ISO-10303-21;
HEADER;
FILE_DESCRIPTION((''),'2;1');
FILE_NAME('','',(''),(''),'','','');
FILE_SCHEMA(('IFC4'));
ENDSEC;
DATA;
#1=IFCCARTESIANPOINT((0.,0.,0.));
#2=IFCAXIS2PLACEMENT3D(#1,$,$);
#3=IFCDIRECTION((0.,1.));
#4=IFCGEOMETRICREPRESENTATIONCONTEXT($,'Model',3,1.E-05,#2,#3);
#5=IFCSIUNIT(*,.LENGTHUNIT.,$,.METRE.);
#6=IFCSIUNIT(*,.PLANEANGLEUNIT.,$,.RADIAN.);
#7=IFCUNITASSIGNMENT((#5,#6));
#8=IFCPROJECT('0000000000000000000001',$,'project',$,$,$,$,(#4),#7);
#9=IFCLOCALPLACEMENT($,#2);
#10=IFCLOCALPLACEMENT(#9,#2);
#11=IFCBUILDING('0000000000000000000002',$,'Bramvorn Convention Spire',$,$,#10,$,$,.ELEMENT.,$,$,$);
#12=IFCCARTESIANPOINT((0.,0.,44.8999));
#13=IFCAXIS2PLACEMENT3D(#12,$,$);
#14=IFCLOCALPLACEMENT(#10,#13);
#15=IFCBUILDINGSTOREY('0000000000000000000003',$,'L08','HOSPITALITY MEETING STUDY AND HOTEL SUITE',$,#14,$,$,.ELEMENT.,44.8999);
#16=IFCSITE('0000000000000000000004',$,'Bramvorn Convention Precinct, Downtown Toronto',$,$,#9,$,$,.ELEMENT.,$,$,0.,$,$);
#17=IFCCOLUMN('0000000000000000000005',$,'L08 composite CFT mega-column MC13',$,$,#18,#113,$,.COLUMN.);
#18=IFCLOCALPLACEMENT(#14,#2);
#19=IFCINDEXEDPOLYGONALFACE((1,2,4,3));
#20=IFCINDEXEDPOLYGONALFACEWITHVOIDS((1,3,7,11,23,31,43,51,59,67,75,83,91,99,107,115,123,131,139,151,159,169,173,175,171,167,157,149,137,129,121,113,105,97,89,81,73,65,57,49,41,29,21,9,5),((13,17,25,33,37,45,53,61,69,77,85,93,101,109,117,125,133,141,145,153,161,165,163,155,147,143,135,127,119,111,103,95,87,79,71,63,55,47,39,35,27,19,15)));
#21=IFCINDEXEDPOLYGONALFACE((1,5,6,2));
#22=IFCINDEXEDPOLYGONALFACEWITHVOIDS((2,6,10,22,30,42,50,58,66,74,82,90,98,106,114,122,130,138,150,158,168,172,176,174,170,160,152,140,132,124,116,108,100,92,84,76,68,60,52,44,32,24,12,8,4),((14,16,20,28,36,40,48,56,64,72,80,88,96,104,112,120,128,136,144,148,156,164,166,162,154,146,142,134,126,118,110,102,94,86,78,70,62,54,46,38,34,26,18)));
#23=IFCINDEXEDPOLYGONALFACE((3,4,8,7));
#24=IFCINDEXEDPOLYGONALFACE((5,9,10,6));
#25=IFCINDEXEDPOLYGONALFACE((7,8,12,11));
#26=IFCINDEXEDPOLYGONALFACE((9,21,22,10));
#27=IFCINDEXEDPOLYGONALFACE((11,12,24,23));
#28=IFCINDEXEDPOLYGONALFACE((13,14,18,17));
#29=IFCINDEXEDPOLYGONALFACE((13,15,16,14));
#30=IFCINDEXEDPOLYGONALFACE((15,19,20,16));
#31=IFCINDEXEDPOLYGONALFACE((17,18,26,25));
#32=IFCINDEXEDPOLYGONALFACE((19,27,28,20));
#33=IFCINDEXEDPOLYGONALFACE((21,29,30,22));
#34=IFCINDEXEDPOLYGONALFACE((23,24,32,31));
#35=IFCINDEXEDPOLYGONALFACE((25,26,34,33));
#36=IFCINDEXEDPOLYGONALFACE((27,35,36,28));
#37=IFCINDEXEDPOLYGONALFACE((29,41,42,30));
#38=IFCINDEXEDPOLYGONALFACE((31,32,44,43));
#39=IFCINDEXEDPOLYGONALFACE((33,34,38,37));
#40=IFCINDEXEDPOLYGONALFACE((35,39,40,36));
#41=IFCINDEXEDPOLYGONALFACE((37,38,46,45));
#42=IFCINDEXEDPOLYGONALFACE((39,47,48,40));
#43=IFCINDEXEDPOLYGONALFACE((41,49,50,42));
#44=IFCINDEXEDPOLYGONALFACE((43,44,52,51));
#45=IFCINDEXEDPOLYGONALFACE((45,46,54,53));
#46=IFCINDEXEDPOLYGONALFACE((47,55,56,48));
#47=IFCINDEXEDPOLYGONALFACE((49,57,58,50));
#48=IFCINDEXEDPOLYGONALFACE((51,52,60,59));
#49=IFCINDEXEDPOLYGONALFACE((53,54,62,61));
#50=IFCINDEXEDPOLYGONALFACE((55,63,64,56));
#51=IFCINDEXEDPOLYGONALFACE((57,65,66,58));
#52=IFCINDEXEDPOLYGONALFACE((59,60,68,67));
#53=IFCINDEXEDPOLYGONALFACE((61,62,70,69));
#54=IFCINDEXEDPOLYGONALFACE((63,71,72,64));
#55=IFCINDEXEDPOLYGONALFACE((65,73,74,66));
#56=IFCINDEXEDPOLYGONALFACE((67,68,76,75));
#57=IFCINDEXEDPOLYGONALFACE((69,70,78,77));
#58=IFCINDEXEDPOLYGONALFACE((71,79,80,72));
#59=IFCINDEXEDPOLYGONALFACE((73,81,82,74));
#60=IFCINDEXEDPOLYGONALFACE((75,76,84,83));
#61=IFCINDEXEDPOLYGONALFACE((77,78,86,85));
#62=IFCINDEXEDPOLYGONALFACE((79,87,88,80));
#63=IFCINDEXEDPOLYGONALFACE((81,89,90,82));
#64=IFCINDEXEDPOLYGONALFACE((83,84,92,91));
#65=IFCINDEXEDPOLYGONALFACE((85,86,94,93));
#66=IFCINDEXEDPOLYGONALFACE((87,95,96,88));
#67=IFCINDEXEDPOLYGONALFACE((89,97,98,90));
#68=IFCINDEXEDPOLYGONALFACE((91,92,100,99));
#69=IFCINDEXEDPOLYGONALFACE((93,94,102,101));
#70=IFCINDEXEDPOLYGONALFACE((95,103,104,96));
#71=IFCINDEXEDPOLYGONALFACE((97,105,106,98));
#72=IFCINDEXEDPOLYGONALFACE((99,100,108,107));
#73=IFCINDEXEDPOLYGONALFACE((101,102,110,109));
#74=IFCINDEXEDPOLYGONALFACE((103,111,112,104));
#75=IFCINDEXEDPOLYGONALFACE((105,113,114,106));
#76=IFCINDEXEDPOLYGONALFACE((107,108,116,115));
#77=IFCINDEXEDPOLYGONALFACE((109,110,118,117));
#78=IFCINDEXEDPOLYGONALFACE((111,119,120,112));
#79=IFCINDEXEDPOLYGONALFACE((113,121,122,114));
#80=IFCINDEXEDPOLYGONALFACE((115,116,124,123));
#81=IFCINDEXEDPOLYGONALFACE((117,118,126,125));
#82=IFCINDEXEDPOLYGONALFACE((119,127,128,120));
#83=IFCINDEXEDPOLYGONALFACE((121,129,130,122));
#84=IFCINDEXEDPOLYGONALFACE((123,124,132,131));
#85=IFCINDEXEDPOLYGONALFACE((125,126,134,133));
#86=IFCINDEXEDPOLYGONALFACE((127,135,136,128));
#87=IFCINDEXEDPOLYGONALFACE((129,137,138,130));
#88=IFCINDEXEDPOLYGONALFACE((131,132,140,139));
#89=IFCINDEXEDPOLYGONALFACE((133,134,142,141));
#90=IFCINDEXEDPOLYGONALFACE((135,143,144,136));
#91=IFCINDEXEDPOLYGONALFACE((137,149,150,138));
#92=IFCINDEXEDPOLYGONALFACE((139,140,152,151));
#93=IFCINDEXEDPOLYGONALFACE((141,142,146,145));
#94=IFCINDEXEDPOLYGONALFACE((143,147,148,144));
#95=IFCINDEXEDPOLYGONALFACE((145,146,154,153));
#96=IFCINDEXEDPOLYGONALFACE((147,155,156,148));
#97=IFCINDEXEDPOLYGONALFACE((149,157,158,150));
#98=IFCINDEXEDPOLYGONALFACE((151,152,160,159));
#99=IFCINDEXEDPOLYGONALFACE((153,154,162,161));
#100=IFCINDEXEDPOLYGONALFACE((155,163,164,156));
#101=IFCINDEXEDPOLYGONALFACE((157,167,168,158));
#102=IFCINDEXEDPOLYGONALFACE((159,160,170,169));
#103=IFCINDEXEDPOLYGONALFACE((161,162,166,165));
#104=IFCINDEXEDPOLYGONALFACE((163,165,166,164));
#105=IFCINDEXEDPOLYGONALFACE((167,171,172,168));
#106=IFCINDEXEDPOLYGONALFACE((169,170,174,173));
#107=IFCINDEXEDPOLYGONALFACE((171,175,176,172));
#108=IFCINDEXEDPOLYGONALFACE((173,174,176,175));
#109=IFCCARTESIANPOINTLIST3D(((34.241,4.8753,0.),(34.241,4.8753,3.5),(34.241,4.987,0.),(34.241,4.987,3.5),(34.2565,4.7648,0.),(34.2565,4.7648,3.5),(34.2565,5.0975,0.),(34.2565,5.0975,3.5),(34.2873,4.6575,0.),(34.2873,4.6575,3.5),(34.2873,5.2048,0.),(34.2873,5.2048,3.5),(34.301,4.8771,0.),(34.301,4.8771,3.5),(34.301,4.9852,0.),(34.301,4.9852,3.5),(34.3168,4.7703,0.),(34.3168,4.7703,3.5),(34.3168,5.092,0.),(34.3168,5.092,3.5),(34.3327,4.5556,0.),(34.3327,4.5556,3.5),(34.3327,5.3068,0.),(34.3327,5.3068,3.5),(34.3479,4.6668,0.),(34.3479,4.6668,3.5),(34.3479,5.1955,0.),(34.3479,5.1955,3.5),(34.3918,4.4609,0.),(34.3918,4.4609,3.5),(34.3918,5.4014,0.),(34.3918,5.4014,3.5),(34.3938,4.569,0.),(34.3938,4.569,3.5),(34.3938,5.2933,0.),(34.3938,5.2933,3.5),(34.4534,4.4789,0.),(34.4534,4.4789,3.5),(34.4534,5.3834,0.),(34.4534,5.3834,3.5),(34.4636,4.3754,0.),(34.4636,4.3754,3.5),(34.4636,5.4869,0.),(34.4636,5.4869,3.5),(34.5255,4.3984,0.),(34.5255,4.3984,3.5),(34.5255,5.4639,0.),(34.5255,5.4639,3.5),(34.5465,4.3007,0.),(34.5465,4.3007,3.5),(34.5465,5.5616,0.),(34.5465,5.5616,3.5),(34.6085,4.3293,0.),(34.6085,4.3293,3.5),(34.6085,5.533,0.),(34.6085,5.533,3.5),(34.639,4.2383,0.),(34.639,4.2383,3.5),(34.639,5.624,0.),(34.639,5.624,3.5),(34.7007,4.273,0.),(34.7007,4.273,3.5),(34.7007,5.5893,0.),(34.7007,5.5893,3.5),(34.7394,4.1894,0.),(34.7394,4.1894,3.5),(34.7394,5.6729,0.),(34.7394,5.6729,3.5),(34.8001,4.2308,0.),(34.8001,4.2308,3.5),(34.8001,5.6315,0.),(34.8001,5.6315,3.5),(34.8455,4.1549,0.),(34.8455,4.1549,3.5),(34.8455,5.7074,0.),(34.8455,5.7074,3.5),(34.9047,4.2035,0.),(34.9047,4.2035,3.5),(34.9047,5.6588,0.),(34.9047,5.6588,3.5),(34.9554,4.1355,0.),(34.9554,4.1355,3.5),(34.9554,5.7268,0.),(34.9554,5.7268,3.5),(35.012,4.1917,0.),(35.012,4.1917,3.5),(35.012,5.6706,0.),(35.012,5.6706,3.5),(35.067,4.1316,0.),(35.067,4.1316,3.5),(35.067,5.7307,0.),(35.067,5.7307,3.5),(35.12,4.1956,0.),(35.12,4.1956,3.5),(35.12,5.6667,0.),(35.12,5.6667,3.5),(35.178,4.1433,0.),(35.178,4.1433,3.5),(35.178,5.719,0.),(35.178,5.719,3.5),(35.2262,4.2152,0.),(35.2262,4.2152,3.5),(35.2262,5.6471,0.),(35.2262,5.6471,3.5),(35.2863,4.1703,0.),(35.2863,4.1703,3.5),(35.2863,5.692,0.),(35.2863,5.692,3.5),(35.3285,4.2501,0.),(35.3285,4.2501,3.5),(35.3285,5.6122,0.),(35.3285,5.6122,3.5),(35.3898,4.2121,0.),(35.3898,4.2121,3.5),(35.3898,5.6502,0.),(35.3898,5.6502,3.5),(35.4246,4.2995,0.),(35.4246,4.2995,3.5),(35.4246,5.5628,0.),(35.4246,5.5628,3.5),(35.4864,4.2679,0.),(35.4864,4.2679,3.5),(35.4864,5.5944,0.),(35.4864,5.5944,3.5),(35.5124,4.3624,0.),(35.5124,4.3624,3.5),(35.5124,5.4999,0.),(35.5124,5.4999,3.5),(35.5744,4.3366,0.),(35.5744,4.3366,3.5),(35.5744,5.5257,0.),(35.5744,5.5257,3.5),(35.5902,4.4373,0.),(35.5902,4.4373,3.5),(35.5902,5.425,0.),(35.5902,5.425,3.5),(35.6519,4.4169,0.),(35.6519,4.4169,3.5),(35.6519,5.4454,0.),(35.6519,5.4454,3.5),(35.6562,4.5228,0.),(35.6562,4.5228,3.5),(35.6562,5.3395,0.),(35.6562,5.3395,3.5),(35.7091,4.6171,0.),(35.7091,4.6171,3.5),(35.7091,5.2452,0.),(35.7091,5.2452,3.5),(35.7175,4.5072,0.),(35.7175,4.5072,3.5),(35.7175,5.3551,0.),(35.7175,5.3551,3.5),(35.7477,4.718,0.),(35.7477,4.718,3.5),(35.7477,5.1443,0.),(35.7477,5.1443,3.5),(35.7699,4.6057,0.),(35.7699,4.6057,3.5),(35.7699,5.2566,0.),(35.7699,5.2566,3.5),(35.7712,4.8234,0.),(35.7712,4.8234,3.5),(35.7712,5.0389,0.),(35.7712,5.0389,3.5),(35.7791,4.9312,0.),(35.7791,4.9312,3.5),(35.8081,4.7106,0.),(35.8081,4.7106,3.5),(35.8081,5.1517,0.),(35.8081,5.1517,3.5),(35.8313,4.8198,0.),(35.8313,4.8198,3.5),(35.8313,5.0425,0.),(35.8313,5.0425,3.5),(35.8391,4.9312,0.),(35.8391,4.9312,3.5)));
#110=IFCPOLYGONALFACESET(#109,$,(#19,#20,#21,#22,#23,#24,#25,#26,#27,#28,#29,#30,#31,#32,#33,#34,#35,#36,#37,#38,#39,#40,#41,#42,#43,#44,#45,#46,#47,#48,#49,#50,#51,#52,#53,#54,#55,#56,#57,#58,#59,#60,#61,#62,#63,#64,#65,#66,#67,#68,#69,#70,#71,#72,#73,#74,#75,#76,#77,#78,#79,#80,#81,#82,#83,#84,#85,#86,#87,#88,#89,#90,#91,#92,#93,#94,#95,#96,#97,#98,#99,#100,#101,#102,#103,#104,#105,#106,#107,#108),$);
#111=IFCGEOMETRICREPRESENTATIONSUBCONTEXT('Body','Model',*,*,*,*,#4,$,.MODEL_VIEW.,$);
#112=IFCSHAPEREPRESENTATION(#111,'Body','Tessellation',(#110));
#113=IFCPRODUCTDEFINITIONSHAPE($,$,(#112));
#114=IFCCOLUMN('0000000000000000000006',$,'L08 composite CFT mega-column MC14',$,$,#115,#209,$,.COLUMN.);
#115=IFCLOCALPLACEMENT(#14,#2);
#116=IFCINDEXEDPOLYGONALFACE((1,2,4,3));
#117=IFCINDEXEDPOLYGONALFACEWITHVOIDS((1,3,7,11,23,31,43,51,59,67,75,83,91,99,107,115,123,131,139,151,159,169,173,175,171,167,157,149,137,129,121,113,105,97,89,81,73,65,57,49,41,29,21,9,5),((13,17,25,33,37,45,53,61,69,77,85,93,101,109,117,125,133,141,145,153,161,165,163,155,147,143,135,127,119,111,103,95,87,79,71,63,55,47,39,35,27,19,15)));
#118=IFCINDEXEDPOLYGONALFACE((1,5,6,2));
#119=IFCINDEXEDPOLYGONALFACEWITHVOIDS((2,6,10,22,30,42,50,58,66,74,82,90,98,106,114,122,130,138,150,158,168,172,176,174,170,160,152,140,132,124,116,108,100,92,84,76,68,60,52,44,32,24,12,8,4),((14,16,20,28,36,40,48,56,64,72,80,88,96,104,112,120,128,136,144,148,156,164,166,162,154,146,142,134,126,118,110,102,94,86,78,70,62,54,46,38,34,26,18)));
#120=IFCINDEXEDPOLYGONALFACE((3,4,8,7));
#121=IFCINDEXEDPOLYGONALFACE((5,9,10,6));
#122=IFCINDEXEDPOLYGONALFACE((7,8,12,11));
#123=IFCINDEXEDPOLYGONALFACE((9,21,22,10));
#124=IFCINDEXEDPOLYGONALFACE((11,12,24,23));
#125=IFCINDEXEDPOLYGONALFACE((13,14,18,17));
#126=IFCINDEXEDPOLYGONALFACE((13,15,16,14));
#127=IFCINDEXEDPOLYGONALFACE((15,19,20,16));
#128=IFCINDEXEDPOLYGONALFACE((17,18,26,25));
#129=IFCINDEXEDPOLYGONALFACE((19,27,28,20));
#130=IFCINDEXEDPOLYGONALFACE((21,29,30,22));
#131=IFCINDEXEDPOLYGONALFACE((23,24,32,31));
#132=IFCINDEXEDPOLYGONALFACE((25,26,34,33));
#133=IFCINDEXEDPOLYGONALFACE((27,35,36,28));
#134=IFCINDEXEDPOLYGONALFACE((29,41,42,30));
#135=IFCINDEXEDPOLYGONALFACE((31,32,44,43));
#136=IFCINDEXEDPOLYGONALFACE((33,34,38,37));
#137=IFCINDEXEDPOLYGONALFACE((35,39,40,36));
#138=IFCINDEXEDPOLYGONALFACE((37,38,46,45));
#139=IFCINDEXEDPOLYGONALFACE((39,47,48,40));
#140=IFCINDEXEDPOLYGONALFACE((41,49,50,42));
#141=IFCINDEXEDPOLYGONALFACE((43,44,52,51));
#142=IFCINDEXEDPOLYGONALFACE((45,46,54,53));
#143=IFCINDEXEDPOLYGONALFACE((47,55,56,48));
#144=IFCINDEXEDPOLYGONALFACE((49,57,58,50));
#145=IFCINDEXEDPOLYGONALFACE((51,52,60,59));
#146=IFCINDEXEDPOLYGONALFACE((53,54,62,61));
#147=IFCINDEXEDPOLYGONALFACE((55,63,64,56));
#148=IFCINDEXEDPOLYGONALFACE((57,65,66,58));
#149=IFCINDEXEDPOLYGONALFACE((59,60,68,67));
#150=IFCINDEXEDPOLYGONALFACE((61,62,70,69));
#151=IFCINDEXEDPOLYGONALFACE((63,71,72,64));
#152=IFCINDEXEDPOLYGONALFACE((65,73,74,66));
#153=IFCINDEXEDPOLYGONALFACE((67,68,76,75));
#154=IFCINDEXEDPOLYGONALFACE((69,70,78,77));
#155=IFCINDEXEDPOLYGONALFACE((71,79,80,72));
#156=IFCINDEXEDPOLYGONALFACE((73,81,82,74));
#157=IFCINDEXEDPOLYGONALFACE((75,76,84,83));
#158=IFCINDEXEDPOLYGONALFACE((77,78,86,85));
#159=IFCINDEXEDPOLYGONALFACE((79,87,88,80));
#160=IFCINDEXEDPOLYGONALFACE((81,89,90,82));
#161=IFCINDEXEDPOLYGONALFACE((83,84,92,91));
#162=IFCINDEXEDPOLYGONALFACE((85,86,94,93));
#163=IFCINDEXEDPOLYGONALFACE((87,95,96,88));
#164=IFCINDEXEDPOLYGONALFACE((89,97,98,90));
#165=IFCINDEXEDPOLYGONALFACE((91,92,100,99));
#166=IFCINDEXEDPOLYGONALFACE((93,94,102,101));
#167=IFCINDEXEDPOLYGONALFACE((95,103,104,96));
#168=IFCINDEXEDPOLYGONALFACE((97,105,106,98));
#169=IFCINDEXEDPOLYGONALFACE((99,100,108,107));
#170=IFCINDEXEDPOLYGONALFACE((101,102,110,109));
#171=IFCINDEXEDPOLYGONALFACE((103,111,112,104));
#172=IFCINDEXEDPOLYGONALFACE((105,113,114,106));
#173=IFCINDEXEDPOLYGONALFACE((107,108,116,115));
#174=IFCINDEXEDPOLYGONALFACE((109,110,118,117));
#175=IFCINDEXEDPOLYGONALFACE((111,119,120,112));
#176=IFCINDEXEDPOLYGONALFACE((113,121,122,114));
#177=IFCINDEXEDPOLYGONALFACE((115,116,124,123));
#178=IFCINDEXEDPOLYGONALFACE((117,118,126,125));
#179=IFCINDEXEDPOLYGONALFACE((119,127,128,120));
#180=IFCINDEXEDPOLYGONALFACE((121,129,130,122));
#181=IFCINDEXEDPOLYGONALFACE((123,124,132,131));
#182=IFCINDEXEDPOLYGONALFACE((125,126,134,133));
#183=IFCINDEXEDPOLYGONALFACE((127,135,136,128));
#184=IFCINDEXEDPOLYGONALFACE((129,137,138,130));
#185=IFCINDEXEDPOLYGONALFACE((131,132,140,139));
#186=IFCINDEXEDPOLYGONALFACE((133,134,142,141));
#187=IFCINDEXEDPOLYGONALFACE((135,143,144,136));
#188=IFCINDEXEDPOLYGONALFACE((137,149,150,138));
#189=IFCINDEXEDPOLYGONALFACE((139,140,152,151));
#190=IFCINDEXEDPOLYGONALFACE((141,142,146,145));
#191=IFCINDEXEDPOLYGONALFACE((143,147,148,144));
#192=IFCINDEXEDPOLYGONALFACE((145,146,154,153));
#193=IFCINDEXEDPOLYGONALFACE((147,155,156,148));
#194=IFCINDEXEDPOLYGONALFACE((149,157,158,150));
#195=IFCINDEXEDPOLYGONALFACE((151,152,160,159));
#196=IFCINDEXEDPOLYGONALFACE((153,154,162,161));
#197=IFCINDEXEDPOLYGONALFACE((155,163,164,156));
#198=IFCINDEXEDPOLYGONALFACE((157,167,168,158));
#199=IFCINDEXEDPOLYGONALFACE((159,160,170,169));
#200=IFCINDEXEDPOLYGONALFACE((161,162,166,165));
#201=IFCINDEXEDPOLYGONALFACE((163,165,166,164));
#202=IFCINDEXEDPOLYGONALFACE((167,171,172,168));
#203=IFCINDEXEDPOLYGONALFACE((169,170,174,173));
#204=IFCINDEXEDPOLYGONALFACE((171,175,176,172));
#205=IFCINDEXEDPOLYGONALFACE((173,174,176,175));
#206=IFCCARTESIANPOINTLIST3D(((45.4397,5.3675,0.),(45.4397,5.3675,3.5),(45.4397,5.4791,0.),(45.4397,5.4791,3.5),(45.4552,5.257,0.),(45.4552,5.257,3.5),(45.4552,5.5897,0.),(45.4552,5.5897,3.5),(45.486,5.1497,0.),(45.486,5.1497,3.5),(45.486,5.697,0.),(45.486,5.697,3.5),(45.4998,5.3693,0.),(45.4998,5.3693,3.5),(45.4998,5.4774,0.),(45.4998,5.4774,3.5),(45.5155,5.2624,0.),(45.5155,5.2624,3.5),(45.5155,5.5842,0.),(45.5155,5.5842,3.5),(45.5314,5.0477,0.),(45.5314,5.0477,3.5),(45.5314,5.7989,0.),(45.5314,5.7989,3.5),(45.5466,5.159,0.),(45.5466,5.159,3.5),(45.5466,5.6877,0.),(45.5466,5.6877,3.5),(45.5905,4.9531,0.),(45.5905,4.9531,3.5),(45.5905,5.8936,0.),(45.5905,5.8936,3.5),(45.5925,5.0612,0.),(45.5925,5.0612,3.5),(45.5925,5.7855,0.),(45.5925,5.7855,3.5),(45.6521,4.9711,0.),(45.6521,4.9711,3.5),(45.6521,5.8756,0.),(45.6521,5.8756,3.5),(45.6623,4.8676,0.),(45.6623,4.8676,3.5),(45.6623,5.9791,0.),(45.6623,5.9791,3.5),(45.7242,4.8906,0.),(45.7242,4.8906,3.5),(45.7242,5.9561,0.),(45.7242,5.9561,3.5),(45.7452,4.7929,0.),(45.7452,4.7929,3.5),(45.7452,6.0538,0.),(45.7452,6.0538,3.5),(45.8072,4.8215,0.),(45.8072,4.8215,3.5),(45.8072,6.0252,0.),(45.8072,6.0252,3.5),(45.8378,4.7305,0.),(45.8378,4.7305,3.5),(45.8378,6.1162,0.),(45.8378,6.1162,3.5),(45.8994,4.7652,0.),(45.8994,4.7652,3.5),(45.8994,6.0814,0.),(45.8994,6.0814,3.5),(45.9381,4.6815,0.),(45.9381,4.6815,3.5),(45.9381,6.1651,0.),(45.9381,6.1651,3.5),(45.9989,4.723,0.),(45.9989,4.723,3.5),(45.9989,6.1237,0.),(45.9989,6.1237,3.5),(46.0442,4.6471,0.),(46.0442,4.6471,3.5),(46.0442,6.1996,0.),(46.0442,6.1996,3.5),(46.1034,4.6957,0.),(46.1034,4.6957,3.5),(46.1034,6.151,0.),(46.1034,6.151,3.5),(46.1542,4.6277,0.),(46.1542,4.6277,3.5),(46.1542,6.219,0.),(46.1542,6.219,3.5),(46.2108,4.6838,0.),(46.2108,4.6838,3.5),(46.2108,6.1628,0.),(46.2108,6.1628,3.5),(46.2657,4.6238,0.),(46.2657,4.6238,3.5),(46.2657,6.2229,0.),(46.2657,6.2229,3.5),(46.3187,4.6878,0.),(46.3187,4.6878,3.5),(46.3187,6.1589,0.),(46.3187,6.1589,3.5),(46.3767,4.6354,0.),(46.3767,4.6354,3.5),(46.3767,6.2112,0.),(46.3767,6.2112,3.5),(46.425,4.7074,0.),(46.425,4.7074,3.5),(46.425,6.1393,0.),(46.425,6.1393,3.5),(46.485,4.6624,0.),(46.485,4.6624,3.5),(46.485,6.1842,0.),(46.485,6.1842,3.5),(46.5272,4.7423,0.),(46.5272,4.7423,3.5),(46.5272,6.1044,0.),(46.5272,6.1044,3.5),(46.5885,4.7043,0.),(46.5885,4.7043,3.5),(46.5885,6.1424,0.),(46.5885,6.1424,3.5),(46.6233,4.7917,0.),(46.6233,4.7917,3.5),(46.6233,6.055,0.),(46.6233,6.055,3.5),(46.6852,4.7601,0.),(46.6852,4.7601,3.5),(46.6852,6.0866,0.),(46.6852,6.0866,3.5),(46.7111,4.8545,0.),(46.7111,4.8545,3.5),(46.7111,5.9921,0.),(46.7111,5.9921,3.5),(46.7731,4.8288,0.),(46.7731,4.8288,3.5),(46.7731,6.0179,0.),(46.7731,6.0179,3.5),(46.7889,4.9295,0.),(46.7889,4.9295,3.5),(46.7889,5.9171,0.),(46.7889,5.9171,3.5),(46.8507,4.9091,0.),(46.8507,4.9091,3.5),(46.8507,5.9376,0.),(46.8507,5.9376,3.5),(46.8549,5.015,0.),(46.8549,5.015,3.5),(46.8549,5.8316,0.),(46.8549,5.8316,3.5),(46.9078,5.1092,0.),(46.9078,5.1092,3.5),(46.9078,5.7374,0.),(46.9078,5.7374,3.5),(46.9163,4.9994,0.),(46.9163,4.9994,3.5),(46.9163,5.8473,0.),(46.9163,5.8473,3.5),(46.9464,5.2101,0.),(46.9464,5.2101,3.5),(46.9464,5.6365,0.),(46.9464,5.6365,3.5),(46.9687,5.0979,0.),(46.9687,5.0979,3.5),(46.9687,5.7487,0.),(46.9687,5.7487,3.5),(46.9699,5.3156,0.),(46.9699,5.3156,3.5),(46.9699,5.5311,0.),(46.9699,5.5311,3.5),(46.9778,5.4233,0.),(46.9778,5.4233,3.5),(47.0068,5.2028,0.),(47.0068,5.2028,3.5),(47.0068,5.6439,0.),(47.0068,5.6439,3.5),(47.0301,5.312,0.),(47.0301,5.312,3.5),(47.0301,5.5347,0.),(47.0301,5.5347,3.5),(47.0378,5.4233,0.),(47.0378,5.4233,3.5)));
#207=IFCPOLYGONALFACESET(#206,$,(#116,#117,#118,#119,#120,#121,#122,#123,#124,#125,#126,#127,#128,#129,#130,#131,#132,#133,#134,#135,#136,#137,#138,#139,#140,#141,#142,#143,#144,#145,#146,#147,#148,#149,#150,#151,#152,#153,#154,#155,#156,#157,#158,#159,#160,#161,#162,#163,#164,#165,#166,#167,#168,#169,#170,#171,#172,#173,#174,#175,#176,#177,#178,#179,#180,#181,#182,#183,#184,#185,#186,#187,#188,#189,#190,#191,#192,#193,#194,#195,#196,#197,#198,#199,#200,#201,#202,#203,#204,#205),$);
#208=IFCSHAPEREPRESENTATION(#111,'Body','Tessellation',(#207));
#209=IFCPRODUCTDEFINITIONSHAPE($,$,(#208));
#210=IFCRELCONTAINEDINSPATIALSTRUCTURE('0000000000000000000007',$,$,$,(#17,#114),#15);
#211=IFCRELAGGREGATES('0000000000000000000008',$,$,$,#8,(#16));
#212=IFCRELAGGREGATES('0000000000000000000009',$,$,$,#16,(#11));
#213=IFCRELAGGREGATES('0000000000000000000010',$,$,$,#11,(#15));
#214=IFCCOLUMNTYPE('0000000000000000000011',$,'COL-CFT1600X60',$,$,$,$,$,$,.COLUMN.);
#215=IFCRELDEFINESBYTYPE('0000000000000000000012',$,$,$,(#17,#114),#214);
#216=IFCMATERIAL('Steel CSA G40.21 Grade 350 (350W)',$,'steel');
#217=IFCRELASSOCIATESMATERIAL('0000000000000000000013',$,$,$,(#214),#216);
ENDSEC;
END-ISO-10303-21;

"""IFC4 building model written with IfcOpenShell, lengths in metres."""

from ifc_helpers import new_model, si_unit, direction, frame, origin, origin_2d, place, context, subcontext, project, spatial, hollow_circle, extrude, material, material_profile, profile_set, type_object, element, save


model = new_model("IFC4")

# Units and contexts
model_context = context("Model", 3, precision=1e-05, world=origin(), true_north=direction((0.0, 1.0)))
body_context = subcontext(model_context, "Body", "Model", "MODEL_VIEW")
ifc_project = project(units=[si_unit("LENGTHUNIT", "METRE"), si_unit("PLANEANGLEUNIT", "RADIAN")], contexts=[model_context])

# Site, building, storey
site_placement = place(None, origin())
site = spatial("IfcSite", under=ifc_project, at=site_placement, Name="Bramvorn Convention Precinct, Downtown Toronto", CompositionType="ELEMENT", RefElevation=0.0)
building_placement = place(site_placement, origin())
building = spatial("IfcBuilding", under=site, at=building_placement, Name="Bramvorn Convention Spire", CompositionType="ELEMENT")
storey_placement = place(building_placement, frame((0.0, 0.0, 44.8999)))
storey = spatial("IfcBuildingStorey", under=building, at=storey_placement, Name="L08", Description="HOSPITALITY MEETING STUDY AND HOTEL SUITE", CompositionType="ELEMENT", Elevation=44.8999)

# Columns
ifc_material_1 = material(Name="Steel CSA G40.21 Grade 350 (350W)", Category="steel")
ifc_material_profile_1 = material_profile(ifc_material_1, hollow_circle(Radius=0.8, WallThickness=0.0601, at=origin_2d()))
ifc_profile_set_1 = profile_set([ifc_material_profile_1], Name="Steel CSA G40.21 Grade 350 (350W) - CFT1600X60")
column_type = type_object("IfcColumnType", Name="COL-CFT1600X60", PredefinedType="COLUMN", material=ifc_profile_set_1)
for number, where, z_axis, x_axis, name in (
    (1, (35.0391, 4.9312, 0.0), (0.0, 0.0, 1.0), (1.0, 0.0, 0.0), "L08 composite CFT mega-column MC13"),
    (2, (46.2378, 5.4233, 0.0), (0.0, 0.0, 1.0), (1.0, 0.0, 0.0), "L08 composite CFT mega-column MC14"),
):
    element("IfcColumn", number, at=place(storey_placement, frame(where, z_axis=z_axis, x_axis=x_axis)), inside=storey, type_object=column_type, Name=name, PredefinedType="COLUMN", context=body_context, shape_type="SweptSolid", body=[
        extrude(hollow_circle(Radius=0.8, WallThickness=0.0601, at=origin_2d()), origin(), (0.0, 0.0, 1.0), 3.5),
    ])

save(model, "model.ifc")
